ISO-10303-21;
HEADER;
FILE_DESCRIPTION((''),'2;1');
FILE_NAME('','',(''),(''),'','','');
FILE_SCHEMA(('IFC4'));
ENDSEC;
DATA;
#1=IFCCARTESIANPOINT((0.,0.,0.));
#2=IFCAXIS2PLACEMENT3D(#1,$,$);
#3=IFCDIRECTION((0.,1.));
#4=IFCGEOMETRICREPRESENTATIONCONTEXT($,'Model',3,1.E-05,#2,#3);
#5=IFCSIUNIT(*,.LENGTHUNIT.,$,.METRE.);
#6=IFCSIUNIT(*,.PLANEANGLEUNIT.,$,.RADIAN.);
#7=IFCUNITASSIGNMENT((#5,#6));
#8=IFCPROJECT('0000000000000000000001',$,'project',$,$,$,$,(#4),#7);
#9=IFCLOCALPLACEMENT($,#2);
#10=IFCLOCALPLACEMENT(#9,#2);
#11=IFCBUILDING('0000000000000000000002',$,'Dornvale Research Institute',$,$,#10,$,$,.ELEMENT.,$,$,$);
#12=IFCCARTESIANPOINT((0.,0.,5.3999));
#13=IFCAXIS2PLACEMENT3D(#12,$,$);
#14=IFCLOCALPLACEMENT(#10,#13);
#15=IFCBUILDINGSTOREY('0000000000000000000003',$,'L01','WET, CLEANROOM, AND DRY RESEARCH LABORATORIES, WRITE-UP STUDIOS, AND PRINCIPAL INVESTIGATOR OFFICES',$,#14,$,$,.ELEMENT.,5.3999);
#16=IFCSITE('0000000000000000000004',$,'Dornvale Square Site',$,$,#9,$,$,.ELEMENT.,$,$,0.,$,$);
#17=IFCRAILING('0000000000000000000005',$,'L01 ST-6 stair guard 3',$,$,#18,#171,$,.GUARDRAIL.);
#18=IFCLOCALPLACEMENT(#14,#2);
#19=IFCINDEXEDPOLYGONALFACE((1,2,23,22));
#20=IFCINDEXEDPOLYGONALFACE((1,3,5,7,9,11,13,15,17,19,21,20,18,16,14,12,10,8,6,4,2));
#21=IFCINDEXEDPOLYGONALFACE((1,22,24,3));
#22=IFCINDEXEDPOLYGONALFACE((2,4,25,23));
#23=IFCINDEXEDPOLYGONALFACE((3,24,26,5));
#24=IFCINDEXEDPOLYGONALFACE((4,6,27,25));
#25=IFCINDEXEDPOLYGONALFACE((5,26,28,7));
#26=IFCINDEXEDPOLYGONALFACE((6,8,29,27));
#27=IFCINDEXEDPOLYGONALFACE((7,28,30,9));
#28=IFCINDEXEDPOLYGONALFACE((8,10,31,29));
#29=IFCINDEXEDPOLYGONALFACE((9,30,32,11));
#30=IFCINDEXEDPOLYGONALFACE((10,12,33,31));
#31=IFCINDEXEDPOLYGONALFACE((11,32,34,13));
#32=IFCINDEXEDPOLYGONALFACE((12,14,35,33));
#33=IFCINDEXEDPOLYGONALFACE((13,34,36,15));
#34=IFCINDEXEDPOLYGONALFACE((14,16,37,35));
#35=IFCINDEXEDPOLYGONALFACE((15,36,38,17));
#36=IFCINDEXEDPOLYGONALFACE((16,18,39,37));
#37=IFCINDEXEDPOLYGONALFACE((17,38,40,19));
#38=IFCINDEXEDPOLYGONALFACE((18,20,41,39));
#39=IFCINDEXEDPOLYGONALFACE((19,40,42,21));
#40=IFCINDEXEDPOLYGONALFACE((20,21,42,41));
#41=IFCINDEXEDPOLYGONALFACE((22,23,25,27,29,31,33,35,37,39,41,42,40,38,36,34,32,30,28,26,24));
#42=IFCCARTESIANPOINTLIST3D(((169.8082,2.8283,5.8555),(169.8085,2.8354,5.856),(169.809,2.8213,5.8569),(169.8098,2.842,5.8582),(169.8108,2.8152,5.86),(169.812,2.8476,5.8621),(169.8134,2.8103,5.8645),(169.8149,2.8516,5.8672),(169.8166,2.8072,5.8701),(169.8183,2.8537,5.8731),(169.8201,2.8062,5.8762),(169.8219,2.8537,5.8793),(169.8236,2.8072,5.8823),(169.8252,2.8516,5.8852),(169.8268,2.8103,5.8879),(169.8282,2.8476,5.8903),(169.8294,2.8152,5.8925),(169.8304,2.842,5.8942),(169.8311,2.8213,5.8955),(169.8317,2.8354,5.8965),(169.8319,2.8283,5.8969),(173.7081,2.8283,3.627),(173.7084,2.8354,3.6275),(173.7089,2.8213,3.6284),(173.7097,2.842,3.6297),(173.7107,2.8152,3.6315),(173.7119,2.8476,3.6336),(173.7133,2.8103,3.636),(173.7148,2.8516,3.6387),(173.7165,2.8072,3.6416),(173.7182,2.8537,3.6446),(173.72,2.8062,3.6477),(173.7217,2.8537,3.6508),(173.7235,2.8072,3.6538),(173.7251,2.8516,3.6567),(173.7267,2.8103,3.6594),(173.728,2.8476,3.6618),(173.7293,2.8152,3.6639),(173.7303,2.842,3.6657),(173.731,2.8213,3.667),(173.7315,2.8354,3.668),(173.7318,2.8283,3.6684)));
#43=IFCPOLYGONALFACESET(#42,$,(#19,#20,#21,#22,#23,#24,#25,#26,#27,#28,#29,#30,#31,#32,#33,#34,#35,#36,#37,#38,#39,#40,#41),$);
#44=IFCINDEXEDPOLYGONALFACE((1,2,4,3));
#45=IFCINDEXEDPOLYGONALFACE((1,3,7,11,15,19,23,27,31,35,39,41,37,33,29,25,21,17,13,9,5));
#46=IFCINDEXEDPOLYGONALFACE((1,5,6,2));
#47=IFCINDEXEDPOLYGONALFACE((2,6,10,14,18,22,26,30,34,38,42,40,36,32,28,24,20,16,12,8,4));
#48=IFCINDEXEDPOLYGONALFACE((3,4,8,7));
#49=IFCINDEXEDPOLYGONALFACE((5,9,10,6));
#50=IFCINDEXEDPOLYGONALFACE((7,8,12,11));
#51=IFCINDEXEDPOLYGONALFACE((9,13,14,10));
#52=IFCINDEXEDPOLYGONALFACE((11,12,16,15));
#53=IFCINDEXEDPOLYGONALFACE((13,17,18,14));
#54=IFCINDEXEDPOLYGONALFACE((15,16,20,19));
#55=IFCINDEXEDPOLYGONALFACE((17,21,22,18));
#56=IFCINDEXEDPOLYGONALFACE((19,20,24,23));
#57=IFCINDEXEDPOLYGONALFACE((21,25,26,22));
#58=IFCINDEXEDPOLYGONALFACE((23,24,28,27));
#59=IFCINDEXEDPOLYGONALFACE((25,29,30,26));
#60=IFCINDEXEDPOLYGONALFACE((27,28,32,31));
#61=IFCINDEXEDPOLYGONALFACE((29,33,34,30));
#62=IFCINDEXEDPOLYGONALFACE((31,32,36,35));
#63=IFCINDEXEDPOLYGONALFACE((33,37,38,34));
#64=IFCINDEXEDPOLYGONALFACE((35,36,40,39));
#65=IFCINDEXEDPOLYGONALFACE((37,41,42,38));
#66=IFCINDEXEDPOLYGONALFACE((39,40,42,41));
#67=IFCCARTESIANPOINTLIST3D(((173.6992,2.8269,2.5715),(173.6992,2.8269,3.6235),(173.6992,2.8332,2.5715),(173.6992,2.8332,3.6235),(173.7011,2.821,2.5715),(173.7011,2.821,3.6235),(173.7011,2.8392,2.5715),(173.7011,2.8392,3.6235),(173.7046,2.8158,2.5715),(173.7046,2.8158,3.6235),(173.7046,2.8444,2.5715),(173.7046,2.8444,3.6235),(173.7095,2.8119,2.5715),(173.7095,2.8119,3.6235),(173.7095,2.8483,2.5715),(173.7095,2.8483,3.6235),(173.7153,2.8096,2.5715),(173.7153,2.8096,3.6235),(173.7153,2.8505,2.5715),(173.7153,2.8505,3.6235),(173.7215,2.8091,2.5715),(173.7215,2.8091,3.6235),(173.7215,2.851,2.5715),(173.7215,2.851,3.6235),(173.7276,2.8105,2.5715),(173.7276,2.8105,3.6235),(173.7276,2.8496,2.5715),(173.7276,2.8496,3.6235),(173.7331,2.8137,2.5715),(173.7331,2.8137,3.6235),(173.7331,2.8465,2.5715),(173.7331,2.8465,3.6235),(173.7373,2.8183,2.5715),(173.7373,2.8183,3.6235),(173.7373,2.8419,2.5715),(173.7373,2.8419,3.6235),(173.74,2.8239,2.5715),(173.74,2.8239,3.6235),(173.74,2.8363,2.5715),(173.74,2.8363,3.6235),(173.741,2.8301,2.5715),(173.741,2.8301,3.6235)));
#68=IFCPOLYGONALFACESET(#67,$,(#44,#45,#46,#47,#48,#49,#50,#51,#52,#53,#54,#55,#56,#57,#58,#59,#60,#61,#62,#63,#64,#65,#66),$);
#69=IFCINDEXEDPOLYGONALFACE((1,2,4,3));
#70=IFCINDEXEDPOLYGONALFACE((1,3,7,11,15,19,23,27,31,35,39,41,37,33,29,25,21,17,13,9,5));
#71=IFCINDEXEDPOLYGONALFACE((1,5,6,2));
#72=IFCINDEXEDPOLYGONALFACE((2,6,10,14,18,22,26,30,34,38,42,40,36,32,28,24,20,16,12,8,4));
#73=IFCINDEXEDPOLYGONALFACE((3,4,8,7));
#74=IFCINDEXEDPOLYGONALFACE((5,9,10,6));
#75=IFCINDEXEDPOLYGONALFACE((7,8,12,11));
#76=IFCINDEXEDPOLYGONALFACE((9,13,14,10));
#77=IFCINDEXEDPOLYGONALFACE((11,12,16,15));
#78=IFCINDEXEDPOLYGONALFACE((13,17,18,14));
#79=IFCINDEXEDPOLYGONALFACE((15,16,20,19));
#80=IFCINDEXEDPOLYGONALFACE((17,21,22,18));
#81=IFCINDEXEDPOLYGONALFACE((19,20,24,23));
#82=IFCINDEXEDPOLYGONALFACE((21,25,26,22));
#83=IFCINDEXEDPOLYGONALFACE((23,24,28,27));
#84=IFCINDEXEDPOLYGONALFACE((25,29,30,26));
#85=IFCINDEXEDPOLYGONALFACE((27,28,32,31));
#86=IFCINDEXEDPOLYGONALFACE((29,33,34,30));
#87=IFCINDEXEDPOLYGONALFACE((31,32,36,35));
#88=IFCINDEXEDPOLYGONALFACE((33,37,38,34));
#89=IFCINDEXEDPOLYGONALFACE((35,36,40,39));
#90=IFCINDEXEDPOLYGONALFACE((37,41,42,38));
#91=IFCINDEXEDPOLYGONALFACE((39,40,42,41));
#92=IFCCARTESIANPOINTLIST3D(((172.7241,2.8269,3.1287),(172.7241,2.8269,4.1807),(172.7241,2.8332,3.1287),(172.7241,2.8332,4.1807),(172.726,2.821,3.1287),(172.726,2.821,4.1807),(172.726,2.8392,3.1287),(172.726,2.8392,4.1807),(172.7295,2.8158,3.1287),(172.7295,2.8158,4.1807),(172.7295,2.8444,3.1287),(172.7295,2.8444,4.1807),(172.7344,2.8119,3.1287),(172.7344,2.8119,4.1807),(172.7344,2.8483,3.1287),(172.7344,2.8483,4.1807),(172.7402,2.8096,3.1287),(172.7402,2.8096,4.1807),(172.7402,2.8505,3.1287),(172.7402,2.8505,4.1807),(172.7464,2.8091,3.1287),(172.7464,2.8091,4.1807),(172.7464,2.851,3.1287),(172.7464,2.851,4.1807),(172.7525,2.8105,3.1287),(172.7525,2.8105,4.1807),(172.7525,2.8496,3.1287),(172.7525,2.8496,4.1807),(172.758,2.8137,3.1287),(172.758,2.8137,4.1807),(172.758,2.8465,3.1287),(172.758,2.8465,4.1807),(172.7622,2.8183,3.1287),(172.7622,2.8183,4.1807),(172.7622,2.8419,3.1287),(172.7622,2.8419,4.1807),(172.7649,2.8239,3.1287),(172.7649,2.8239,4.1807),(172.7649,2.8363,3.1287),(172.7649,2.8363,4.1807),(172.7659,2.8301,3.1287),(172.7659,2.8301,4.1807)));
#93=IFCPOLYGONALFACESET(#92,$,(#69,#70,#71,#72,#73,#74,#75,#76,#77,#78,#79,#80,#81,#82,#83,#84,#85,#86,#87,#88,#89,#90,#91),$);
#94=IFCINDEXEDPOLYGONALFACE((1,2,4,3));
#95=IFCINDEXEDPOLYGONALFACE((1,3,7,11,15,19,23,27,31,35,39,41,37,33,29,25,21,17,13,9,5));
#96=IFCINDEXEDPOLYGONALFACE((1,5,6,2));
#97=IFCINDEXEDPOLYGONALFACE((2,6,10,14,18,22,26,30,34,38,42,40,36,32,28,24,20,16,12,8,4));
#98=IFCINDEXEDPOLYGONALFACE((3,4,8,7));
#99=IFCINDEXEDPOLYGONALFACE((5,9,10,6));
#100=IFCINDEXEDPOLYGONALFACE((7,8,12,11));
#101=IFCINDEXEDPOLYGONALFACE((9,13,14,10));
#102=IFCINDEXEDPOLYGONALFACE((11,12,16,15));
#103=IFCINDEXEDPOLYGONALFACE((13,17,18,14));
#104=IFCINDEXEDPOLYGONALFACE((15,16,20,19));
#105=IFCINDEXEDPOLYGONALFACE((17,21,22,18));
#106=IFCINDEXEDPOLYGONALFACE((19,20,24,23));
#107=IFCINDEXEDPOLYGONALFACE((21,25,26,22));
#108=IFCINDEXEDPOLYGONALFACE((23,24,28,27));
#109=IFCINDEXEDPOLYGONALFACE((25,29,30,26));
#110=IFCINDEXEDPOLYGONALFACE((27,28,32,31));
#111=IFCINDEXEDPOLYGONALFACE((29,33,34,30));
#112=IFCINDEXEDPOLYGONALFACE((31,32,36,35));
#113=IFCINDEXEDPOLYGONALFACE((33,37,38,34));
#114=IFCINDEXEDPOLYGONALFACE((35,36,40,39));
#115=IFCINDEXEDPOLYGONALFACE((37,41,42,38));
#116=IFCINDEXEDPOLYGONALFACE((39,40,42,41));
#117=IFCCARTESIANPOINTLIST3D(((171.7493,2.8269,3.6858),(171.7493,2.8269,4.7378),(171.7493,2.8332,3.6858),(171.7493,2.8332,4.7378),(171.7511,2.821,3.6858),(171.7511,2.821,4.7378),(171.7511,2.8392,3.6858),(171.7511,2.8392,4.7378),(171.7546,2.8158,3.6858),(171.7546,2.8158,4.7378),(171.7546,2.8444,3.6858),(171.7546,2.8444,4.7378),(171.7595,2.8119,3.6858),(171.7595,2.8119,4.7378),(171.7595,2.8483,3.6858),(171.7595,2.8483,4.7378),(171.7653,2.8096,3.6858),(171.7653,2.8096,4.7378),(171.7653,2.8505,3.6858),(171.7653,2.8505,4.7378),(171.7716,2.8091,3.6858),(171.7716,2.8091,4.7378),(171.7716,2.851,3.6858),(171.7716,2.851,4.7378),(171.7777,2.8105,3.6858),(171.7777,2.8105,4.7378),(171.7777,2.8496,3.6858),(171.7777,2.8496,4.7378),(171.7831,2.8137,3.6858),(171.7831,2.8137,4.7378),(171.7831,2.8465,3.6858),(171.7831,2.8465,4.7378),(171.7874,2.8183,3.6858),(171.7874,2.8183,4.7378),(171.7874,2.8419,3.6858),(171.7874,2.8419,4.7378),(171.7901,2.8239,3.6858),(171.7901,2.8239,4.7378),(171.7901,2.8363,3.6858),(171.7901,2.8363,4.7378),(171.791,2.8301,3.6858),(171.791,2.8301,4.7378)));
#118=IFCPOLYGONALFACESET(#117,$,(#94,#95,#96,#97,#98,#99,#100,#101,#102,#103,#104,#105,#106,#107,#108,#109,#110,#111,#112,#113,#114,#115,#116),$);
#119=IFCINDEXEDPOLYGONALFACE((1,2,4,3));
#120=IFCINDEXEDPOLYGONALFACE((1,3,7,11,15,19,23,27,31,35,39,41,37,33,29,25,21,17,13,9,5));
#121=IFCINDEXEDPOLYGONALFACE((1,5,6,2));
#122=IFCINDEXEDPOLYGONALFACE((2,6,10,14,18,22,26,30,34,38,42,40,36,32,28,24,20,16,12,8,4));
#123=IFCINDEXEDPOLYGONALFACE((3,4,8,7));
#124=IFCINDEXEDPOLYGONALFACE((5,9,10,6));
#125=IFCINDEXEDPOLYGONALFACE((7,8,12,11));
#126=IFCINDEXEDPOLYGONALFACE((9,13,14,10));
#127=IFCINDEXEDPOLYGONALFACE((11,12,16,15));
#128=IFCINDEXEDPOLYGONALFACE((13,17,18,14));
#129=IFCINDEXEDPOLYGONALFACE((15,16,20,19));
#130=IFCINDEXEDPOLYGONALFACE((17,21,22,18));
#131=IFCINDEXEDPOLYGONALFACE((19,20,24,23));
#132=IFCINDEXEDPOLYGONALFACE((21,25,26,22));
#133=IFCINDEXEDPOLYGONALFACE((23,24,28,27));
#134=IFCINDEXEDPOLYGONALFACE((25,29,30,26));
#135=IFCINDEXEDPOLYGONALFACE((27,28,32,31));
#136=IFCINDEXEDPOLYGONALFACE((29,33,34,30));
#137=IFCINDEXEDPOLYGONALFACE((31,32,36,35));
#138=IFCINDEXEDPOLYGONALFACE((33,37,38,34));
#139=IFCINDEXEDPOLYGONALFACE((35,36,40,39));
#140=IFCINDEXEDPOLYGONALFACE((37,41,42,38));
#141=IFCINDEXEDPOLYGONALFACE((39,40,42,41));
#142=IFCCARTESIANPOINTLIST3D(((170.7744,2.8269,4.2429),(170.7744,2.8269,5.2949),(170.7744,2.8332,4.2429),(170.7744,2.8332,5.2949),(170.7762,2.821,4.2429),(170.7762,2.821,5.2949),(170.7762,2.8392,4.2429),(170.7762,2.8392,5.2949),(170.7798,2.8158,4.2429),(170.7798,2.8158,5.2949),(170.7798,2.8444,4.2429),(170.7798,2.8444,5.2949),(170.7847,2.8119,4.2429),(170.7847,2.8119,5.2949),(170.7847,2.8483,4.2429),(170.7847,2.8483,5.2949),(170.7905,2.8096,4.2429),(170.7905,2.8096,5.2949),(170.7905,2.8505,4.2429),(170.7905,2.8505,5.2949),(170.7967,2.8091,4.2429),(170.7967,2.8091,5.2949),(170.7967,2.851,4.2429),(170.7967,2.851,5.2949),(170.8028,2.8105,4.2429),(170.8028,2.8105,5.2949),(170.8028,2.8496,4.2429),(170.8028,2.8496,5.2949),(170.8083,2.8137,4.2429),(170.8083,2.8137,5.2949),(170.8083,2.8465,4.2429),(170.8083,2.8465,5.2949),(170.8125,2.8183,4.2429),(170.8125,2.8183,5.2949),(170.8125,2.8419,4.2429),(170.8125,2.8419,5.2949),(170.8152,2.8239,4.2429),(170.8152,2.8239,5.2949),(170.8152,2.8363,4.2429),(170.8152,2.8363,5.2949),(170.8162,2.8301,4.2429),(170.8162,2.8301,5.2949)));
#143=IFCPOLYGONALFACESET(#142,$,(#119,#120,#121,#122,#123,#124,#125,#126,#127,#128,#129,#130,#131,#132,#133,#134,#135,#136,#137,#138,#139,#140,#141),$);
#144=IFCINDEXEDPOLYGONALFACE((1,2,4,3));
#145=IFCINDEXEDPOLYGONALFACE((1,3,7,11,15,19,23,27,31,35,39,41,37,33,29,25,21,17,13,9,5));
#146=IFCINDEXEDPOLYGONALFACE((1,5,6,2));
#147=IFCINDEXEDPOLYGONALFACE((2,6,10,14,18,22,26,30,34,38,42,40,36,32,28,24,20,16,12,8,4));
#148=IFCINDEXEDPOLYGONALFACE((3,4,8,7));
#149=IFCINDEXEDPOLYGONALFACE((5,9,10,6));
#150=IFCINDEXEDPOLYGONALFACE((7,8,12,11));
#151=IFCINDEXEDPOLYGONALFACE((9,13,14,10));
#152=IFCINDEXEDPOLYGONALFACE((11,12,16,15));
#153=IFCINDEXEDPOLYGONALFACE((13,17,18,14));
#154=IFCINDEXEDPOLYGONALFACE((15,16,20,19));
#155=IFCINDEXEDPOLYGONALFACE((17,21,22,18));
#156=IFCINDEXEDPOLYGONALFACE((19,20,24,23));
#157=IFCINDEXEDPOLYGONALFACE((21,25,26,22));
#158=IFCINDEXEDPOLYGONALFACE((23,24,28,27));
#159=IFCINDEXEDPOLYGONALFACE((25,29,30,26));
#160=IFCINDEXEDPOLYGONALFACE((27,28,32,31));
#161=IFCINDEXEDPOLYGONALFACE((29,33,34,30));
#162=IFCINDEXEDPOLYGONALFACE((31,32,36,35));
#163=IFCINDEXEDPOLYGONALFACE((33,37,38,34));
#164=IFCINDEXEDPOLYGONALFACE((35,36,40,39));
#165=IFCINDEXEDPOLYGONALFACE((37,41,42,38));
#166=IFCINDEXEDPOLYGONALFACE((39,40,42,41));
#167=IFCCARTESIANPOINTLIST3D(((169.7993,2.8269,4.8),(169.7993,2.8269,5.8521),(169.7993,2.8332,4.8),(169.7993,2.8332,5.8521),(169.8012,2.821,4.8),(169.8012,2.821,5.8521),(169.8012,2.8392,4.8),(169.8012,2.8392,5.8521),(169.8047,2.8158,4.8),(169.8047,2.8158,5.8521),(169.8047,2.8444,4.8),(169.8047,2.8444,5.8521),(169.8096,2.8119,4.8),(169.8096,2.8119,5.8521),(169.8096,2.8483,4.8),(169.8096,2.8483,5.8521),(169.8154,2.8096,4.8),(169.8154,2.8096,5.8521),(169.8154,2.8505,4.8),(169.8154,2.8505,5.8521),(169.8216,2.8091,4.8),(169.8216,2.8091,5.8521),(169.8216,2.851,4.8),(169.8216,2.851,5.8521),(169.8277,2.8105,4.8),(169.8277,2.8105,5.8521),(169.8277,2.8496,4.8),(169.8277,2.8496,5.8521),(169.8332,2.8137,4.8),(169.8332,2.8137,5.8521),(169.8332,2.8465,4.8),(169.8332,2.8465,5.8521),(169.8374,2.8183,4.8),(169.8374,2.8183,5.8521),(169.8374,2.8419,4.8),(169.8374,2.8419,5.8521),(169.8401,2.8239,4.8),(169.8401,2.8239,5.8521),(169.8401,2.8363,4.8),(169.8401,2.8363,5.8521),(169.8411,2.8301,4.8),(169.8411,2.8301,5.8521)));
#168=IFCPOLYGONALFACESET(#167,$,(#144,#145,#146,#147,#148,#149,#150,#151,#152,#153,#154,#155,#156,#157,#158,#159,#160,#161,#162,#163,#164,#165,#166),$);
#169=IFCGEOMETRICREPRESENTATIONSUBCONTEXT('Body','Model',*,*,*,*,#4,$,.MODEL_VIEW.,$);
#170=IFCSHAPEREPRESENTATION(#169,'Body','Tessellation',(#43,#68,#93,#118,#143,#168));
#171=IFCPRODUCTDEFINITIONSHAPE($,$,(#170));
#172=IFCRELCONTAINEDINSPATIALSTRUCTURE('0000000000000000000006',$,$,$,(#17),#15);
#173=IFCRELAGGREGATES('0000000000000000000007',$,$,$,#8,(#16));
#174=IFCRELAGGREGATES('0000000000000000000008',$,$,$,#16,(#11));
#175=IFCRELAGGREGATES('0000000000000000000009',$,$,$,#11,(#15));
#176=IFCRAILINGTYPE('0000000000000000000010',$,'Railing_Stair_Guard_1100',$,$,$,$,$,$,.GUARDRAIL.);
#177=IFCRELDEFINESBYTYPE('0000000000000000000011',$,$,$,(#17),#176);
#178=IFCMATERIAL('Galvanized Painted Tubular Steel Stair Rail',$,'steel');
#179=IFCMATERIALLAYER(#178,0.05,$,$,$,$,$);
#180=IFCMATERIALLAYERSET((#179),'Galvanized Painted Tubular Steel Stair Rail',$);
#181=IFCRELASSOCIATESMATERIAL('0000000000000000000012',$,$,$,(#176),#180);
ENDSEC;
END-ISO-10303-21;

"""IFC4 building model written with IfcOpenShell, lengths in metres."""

from ifc_helpers import new_model, si_unit, direction, frame, origin, origin_2d, place, context, subcontext, project, spatial, circle, extrude, material, layer, layer_set, type_object, element, save


model = new_model("IFC4")

# Units and contexts
model_context = context("Model", 3, precision=1e-05, world=origin(), true_north=direction((0.0, 1.0)))
body_context = subcontext(model_context, "Body", "Model", "MODEL_VIEW")
ifc_project = project(units=[si_unit("LENGTHUNIT", "METRE"), si_unit("PLANEANGLEUNIT", "RADIAN")], contexts=[model_context])

# Site, building, storey
site_placement = place(None, origin())
site = spatial("IfcSite", under=ifc_project, at=site_placement, Name="Dornvale Square Site", CompositionType="ELEMENT", RefElevation=0.0)
building_placement = place(site_placement, origin())
building = spatial("IfcBuilding", under=site, at=building_placement, Name="Dornvale Research Institute", CompositionType="ELEMENT")
storey_placement = place(building_placement, frame((0.0, 0.0, 5.3999)))
storey = spatial("IfcBuildingStorey", under=building, at=storey_placement, Name="L01", Description="WET, CLEANROOM, AND DRY RESEARCH LABORATORIES, WRITE-UP STUDIOS, AND PRINCIPAL INVESTIGATOR OFFICES", CompositionType="ELEMENT", Elevation=5.3999)

# Railing
ifc_material_1 = material(Name="Galvanized Painted Tubular Steel Stair Rail", Category="steel")
ifc_layer_1 = layer(ifc_material_1, 0.05)
ifc_layer_set_1 = layer_set([ifc_layer_1], Name="Galvanized Painted Tubular Steel Stair Rail")
railing_type_1 = type_object("IfcRailingType", Name="Railing_Stair_Guard_1100", PredefinedType="GUARDRAIL", material=ifc_layer_set_1)
railing_1_placement = place(storey_placement, frame((173.72, 2.8301, 2.5715)))
element("IfcRailing", 1, at=railing_1_placement, inside=storey, type_object=railing_type_1, Name="L01 ST-6 stair guard 3", PredefinedType="GUARDRAIL", context=body_context, shape_type="SweptSolid", body=[
    extrude(circle(Radius=0.0239, at=origin_2d()), frame((0.0, 0.0, 1.0762), z_axis=(-0.868243, 0.0, 0.496139), x_axis=(0.0, -1.0, 0.0)), (0.0, 0.0, 1.0), 4.4917),
    extrude(circle(Radius=0.021, at=origin_2d()), origin(), (0.0, 0.0, 1.0), 1.052),
    extrude(circle(Radius=0.021, at=origin_2d()), frame((-0.9751, 0.0, 0.5571)), (0.0, 0.0, 1.0), 1.052),
    extrude(circle(Radius=0.021, at=origin_2d()), frame((-1.95, 0.0, 1.1143)), (0.0, 0.0, 1.0), 1.052),
    extrude(circle(Radius=0.021, at=origin_2d()), frame((-2.9248, 0.0, 1.6714)), (0.0, 0.0, 1.0), 1.052),
    extrude(circle(Radius=0.021, at=origin_2d()), frame((-3.8999, 0.0, 2.2285)), (0.0, 0.0, 1.0), 1.052),
])

save(model, "model.ifc")
